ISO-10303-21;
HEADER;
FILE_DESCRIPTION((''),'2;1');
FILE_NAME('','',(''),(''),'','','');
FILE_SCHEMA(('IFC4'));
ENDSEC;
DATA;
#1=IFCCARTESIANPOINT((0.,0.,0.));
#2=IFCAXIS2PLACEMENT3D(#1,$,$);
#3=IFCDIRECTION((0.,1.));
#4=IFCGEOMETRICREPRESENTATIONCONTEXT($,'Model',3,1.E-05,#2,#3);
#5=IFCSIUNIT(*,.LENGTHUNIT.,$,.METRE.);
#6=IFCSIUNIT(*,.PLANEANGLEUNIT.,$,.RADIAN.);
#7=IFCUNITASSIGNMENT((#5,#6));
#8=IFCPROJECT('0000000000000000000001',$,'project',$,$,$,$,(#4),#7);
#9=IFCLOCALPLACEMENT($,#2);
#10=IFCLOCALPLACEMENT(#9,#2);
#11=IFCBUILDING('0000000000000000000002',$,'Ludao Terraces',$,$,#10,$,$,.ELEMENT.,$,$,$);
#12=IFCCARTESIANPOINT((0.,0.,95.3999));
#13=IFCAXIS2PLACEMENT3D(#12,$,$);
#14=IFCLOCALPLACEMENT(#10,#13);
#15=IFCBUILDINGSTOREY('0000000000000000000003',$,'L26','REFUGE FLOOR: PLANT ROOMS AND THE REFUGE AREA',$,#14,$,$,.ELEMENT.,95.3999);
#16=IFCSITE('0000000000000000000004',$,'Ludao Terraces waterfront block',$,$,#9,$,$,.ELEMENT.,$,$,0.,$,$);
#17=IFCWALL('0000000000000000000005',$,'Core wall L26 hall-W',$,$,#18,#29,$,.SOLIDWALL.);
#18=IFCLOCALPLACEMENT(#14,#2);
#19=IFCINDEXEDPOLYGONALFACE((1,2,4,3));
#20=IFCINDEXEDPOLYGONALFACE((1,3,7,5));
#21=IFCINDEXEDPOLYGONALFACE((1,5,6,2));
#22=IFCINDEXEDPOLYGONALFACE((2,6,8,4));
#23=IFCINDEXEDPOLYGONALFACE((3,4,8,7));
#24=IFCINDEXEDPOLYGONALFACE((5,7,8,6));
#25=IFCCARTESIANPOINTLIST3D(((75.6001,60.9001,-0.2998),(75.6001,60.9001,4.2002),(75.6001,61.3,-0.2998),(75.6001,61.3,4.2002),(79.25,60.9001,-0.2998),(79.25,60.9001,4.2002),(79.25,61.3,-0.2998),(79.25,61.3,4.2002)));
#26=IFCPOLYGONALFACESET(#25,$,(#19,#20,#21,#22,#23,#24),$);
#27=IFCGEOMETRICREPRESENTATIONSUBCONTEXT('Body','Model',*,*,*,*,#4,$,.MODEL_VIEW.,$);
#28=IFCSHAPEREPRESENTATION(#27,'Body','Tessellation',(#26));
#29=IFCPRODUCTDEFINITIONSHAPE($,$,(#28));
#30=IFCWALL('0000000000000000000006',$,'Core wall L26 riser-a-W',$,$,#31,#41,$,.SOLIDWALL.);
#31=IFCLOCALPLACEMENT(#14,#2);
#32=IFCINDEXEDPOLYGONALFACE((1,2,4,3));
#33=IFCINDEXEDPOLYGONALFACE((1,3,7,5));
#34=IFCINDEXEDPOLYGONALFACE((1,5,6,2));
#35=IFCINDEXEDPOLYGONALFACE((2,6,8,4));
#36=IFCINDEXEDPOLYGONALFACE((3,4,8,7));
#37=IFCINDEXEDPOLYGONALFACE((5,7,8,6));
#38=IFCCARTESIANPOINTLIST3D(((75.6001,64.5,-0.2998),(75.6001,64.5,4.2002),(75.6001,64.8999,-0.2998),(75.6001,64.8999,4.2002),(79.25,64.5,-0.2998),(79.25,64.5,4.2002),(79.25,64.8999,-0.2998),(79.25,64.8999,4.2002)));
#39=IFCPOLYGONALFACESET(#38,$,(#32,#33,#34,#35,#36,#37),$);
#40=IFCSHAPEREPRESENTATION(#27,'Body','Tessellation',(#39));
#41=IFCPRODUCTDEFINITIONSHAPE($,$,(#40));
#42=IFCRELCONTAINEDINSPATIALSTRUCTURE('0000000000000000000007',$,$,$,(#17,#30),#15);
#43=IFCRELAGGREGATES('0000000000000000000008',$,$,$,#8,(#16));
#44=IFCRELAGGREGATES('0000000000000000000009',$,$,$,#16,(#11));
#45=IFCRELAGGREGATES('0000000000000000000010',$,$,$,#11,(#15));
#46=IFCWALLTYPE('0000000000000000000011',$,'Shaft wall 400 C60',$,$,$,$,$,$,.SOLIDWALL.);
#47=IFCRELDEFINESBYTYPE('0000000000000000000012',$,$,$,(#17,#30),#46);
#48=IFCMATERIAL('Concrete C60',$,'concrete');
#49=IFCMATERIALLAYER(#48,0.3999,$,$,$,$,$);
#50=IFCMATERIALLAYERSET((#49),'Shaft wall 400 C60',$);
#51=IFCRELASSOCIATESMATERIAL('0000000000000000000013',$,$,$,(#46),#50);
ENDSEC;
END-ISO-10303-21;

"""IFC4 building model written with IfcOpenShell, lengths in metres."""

from ifc_helpers import new_model, si_unit, direction, frame, frame_2d, origin, place, context, subcontext, project, spatial, rectangle, extrude, material, layer, layer_set, type_object, element, save


model = new_model("IFC4")

# Units and contexts
model_context = context("Model", 3, precision=1e-05, world=origin(), true_north=direction((0.0, 1.0)))
body_context = subcontext(model_context, "Body", "Model", "MODEL_VIEW")
ifc_project = project(units=[si_unit("LENGTHUNIT", "METRE"), si_unit("PLANEANGLEUNIT", "RADIAN")], contexts=[model_context])

# Site, building, storey
site_placement = place(None, origin())
site = spatial("IfcSite", under=ifc_project, at=site_placement, Name="Ludao Terraces waterfront block", CompositionType="ELEMENT", RefElevation=0.0)
building_placement = place(site_placement, origin())
building = spatial("IfcBuilding", under=site, at=building_placement, Name="Ludao Terraces", CompositionType="ELEMENT")
storey_placement = place(building_placement, frame((0.0, 0.0, 95.3999)))
storey = spatial("IfcBuildingStorey", under=building, at=storey_placement, Name="L26", Description="REFUGE FLOOR: PLANT ROOMS AND THE REFUGE AREA", CompositionType="ELEMENT", Elevation=95.3999)

# Shared definitions
ifc_material_1 = material(Name="Concrete C60", Category="concrete")

# Shared definitions
ifc_layer_1 = layer(ifc_material_1, 0.3999)
ifc_layer_set_1 = layer_set([ifc_layer_1], Name="Shaft wall 400 C60")
wall_type_1 = type_object("IfcWallType", Name="Shaft wall 400 C60", PredefinedType="SOLIDWALL", material=ifc_layer_set_1)

# Walls
for number, where, z_axis, x_axis, name in (
    (1, (75.6001, 61.1001, -0.2998), (0.0, 0.0, 1.0), (1.0, 0.0, 0.0), "Core wall L26 hall-W"),
    (2, (75.6001, 64.7, -0.2998), (0.0, 0.0, 1.0), (1.0, 0.0, 0.0), "Core wall L26 riser-a-W"),
):
    element("IfcWall", number, at=place(storey_placement, frame(where, z_axis=z_axis, x_axis=x_axis)), inside=storey, type_object=wall_type_1, Name=name, PredefinedType="SOLIDWALL", context=body_context, shape_type="SweptSolid", body=[
        extrude(rectangle(XDim=3.6499, YDim=0.3999, at=frame_2d((1.825, 0.0))), origin(), (0.0, 0.0, 1.0), 4.5),
    ])

save(model, "model.ifc")
